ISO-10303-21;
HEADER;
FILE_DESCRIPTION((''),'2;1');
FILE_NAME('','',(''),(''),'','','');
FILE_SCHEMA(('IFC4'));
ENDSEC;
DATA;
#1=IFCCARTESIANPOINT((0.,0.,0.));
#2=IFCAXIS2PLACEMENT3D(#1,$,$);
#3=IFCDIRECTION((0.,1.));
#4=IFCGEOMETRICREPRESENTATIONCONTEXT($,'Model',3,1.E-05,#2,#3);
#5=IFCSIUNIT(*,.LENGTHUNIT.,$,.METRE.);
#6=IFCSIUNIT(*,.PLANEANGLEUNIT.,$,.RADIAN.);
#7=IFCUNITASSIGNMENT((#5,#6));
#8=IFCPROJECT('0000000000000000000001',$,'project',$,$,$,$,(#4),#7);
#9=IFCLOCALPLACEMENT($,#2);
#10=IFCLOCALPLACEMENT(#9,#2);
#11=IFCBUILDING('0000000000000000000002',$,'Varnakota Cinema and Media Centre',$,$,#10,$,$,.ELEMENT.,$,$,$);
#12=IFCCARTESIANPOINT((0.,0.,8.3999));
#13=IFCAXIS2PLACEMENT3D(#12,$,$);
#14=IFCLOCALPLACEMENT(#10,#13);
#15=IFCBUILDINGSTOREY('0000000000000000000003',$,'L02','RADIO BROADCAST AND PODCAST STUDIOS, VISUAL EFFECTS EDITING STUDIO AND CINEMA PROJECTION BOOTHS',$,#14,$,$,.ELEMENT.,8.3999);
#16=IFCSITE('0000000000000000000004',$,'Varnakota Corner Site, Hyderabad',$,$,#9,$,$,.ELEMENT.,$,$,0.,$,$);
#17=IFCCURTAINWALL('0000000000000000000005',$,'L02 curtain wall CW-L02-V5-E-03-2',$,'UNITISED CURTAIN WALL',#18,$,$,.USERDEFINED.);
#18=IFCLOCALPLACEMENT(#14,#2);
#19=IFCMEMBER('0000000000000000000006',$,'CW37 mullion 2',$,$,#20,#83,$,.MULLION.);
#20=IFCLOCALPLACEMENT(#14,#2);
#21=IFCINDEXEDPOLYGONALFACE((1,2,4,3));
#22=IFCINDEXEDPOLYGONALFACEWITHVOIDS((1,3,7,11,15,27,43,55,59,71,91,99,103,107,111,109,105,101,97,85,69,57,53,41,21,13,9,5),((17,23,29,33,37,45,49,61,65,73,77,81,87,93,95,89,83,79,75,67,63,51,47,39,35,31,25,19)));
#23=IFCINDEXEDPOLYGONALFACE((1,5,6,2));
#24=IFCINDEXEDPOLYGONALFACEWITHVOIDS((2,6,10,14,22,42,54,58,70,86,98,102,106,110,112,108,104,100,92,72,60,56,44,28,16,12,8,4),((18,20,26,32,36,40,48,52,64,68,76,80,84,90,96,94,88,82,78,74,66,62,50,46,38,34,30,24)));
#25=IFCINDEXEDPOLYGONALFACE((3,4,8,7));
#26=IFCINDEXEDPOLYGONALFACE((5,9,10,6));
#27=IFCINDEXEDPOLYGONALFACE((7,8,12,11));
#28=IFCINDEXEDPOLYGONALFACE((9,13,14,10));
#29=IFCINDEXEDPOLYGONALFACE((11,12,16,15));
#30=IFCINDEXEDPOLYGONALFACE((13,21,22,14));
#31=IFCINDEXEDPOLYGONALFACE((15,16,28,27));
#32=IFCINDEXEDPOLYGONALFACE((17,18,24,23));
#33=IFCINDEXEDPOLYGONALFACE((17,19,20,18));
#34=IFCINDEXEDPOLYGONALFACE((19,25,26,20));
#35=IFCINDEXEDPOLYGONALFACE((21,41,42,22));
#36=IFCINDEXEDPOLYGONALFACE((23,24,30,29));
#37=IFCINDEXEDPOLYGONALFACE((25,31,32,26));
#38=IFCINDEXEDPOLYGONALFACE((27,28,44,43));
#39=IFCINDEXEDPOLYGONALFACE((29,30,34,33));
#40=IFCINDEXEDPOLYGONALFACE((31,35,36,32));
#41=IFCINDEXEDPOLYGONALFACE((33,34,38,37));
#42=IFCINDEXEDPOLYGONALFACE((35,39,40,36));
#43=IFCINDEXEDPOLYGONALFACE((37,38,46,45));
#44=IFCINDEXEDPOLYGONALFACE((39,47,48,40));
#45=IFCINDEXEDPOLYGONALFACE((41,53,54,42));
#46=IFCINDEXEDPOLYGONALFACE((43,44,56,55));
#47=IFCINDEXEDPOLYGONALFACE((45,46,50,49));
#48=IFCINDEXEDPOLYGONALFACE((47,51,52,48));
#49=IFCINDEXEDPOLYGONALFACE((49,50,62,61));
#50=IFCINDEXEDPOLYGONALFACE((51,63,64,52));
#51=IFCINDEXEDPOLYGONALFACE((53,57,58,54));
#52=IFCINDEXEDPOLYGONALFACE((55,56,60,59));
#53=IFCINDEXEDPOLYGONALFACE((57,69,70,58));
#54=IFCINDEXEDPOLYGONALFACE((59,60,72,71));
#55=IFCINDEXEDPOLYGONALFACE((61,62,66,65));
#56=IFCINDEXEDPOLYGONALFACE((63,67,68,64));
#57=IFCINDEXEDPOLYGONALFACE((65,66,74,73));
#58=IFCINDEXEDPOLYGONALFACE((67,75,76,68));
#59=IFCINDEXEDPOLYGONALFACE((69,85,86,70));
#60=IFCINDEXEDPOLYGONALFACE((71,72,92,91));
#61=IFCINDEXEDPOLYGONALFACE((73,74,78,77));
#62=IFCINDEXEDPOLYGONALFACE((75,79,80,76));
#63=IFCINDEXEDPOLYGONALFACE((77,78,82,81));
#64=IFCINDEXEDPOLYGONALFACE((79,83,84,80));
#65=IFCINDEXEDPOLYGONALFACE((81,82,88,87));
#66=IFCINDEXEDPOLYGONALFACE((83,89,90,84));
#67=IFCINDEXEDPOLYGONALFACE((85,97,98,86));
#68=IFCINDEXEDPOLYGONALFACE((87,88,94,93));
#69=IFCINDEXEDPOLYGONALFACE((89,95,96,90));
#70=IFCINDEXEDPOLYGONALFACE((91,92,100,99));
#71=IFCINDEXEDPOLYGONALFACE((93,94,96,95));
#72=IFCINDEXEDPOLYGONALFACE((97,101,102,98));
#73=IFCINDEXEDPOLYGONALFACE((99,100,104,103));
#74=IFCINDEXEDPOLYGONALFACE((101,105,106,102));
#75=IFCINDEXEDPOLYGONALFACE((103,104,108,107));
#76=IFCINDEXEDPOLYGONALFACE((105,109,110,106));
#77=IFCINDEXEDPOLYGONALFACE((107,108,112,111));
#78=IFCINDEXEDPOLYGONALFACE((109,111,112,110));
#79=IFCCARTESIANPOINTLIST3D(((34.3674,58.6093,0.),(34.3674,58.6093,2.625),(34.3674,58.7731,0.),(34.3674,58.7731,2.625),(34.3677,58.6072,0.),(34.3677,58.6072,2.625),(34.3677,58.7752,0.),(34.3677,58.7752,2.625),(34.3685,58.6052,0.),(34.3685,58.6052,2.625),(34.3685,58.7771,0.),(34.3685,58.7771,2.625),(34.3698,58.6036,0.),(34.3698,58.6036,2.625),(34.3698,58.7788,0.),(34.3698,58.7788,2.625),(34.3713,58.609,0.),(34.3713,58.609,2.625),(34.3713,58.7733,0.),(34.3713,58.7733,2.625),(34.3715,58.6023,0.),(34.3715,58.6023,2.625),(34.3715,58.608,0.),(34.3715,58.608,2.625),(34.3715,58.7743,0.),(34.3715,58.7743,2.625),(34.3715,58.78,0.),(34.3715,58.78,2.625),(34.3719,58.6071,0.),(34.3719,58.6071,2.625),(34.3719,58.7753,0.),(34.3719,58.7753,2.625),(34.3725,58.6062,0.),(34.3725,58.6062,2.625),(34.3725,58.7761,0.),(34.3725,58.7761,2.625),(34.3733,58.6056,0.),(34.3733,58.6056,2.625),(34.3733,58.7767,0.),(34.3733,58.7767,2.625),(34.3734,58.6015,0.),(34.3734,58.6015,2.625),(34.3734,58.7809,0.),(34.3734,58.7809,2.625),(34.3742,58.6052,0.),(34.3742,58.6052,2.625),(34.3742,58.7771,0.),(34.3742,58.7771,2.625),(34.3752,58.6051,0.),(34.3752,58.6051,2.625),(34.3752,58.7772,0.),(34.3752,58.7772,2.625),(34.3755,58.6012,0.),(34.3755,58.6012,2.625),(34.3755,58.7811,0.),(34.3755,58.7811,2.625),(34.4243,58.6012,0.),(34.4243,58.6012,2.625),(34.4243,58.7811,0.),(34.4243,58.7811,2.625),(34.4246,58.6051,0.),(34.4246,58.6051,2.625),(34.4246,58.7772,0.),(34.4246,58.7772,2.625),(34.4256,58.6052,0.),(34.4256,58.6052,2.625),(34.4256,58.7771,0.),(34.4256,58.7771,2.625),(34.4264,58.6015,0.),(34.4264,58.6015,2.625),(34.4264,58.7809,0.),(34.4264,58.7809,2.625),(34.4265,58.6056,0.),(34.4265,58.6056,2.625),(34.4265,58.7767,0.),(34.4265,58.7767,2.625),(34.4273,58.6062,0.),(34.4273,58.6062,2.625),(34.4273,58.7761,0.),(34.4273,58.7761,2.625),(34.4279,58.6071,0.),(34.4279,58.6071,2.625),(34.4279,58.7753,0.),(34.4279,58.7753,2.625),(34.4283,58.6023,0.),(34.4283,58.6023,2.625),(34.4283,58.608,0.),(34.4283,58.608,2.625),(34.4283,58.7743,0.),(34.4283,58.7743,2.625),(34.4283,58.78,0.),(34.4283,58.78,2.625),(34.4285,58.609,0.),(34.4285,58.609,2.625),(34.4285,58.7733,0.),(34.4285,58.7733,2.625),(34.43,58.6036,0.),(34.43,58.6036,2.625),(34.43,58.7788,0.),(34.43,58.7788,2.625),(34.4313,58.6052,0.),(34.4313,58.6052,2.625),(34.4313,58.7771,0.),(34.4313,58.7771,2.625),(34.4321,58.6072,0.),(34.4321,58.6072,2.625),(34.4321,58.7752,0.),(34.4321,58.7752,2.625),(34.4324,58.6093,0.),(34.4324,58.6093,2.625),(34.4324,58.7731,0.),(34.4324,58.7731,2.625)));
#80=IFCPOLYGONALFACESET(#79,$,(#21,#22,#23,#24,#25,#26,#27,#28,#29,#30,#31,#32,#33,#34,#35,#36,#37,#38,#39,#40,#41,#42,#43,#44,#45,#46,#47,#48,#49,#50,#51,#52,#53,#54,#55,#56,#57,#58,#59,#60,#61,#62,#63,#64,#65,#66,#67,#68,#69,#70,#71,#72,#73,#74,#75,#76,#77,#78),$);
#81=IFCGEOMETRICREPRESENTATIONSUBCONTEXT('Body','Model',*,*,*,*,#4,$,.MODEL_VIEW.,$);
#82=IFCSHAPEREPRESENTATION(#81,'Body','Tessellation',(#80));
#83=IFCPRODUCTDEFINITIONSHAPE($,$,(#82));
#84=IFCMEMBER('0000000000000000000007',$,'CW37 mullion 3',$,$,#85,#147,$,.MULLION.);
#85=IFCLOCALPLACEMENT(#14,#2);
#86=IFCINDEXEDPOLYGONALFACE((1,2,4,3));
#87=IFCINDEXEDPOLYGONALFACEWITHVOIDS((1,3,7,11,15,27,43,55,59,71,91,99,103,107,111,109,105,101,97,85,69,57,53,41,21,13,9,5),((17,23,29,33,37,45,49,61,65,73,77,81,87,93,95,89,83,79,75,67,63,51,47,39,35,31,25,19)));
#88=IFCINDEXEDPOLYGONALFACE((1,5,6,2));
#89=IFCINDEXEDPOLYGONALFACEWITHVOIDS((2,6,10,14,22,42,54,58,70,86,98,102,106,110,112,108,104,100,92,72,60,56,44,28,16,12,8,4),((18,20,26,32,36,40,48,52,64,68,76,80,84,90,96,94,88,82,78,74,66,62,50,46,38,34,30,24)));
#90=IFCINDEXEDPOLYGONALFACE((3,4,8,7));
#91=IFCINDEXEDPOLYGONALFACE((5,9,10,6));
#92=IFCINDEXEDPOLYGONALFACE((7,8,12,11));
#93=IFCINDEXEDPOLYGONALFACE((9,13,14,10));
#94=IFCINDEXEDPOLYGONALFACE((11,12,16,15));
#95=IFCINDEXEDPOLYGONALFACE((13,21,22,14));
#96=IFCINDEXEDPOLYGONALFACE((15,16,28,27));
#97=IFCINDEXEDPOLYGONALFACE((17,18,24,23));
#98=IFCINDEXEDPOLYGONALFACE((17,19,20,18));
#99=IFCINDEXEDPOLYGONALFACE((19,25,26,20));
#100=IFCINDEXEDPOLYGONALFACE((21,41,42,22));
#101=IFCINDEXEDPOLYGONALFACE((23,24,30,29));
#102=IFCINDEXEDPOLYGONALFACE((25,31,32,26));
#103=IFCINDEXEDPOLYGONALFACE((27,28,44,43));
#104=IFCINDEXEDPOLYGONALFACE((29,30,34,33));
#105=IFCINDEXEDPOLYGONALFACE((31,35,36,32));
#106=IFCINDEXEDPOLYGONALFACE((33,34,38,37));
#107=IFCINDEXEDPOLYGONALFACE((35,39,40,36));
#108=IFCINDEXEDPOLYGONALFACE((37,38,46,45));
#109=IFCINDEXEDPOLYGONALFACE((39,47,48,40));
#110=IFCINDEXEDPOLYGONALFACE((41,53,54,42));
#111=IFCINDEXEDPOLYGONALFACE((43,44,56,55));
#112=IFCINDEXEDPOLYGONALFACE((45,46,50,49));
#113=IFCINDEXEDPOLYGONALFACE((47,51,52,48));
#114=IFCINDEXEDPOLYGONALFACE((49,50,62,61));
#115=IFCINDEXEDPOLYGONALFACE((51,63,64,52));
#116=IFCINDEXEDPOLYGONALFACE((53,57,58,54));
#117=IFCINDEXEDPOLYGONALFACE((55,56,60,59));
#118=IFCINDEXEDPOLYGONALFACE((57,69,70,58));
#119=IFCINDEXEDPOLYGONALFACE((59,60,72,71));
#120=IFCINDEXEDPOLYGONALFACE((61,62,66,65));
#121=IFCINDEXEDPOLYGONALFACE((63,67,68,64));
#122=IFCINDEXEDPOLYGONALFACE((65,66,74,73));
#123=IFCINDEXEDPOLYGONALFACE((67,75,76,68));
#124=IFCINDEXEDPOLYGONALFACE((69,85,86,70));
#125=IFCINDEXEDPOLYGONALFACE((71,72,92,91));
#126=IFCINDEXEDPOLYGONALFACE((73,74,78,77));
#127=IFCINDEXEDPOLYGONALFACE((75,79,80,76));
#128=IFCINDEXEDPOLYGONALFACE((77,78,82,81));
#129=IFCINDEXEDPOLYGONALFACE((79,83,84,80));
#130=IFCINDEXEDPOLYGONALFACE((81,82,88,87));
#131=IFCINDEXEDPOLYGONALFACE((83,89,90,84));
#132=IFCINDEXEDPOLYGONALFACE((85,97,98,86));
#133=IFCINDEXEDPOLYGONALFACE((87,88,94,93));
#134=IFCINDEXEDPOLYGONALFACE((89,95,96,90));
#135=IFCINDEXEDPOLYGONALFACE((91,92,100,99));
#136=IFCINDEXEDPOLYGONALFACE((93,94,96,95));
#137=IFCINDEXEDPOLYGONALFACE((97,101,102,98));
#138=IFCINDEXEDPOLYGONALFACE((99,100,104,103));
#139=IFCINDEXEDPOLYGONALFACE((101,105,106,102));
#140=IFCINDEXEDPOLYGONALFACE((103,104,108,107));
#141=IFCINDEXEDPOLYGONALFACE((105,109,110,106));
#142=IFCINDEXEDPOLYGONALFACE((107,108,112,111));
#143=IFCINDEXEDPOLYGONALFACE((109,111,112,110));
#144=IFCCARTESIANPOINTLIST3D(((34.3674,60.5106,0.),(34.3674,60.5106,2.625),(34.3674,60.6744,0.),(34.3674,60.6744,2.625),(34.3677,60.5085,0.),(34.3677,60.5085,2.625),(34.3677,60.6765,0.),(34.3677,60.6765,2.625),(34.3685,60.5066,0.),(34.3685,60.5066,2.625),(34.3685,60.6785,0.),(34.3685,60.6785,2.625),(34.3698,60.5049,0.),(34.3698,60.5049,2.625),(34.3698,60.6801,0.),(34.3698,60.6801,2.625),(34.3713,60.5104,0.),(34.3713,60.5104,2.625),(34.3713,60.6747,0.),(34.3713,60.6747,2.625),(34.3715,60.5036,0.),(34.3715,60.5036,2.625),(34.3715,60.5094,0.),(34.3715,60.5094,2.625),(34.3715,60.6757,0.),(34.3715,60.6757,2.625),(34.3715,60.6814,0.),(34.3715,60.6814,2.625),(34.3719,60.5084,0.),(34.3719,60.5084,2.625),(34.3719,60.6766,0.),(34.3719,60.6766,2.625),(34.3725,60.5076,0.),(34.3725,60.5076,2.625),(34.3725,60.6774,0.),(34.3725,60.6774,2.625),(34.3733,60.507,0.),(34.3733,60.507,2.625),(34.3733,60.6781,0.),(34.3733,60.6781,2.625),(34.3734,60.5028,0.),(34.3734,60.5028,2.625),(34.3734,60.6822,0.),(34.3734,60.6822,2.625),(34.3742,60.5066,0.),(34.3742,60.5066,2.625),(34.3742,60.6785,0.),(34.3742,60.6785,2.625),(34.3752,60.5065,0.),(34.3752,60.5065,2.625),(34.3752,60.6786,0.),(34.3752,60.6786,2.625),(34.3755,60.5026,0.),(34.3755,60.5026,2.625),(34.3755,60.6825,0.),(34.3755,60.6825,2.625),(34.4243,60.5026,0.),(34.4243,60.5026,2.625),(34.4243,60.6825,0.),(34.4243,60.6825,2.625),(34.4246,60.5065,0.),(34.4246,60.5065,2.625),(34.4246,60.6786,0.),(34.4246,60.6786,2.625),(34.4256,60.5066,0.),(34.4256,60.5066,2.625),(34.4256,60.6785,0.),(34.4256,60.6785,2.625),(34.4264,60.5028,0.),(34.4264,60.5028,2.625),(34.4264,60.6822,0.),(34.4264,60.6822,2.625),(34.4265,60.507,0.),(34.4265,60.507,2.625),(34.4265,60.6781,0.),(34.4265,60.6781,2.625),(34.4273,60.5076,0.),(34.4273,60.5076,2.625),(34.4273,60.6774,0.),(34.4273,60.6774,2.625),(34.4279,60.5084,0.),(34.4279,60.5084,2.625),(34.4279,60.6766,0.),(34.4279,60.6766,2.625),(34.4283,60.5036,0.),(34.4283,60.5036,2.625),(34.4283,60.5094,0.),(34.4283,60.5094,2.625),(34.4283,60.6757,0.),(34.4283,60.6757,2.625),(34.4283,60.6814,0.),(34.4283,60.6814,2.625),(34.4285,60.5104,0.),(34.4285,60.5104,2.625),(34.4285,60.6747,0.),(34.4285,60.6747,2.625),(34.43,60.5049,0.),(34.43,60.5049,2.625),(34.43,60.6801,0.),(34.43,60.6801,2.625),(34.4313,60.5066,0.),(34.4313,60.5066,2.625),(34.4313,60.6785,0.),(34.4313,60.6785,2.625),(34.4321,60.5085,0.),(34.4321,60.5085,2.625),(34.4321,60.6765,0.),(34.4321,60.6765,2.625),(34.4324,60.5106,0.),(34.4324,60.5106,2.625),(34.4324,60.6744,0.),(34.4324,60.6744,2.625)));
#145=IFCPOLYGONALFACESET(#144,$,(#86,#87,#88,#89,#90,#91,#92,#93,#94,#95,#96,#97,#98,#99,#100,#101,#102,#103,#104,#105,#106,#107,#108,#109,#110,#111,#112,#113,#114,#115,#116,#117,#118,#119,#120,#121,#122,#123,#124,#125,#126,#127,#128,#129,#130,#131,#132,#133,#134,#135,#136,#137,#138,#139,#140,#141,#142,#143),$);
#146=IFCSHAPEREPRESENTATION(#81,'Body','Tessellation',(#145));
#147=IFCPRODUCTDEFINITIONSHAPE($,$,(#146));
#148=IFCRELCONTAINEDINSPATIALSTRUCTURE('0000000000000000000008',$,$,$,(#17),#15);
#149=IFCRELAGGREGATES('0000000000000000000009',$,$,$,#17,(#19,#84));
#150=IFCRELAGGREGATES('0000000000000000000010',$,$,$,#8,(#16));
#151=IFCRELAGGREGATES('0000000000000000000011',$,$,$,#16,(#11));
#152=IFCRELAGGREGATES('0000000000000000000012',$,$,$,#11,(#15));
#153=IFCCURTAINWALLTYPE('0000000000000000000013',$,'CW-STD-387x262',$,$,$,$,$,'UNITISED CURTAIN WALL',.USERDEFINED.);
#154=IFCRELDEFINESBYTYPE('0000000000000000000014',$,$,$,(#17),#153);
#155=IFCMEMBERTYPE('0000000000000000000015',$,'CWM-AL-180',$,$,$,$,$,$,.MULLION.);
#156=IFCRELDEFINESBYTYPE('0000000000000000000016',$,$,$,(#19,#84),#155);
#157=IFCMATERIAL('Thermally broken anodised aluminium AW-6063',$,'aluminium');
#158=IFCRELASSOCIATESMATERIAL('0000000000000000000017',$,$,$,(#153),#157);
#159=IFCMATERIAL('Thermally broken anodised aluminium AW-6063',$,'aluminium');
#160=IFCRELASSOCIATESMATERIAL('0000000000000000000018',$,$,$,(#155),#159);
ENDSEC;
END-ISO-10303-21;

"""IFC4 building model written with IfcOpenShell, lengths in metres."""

from ifc_helpers import new_model, si_unit, direction, frame, origin, origin_2d, place, context, subcontext, project, spatial, hollow_rectangle, extrude, material, material_profile, profile_set, type_object, element, aggregate, save


model = new_model("IFC4")

# Units and contexts
model_context = context("Model", 3, precision=1e-05, world=origin(), true_north=direction((0.0, 1.0)))
body_context = subcontext(model_context, "Body", "Model", "MODEL_VIEW")
ifc_project = project(units=[si_unit("LENGTHUNIT", "METRE"), si_unit("PLANEANGLEUNIT", "RADIAN")], contexts=[model_context])

# Site, building, storey
site_placement = place(None, origin())
site = spatial("IfcSite", under=ifc_project, at=site_placement, Name="Varnakota Corner Site, Hyderabad", CompositionType="ELEMENT", RefElevation=0.0)
building_placement = place(site_placement, origin())
building = spatial("IfcBuilding", under=site, at=building_placement, Name="Varnakota Cinema and Media Centre", CompositionType="ELEMENT")
storey_placement = place(building_placement, frame((0.0, 0.0, 8.3999)))
storey = spatial("IfcBuildingStorey", under=building, at=storey_placement, Name="L02", Description="RADIO BROADCAST AND PODCAST STUDIOS, VISUAL EFFECTS EDITING STUDIO AND CINEMA PROJECTION BOOTHS", CompositionType="ELEMENT", Elevation=8.3999)

# Shared definitions
ifc_material_1 = material(Name="Thermally broken anodised aluminium AW-6063", Category="aluminium")
curtain_wall_type = type_object("IfcCurtainWallType", Name="CW-STD-387x262", ElementType="UNITISED CURTAIN WALL", PredefinedType="USERDEFINED", material=ifc_material_1)
ifc_material_2 = material(Name="Thermally broken anodised aluminium AW-6063", Category="aluminium")
ifc_material_profile_1 = material_profile(ifc_material_2, hollow_rectangle(XDim=0.0649, YDim=0.1799, WallThickness=0.0039, InnerFilletRadius=0.0039, OuterFilletRadius=0.0081, at=origin_2d()), Name="AL-MULLION 180x65x4")
ifc_profile_set_1 = profile_set([ifc_material_profile_1], Name="Thermally broken anodised aluminium AW-6063")
member_type_1 = type_object("IfcMemberType", Name="CWM-AL-180", PredefinedType="MULLION", material=ifc_profile_set_1)

# Curtain wall, members
curtain_wall_1_placement = place(storey_placement, origin())
curtain_wall_1 = element("IfcCurtainWall", 1, at=curtain_wall_1_placement, inside=storey, type_object=curtain_wall_type, Name="L02 curtain wall CW-L02-V5-E-03-2", ObjectType="UNITISED CURTAIN WALL", PredefinedType="USERDEFINED")
member_1_placement = place(storey_placement, frame((34.3999, 58.6912, 0.0), z_axis=(0.0, 0.0, 1.0), x_axis=(-1.0, 0.0, 0.0)))
member_1 = element("IfcMember", 2, at=member_1_placement, type_object=member_type_1, Name="CW37 mullion 2", PredefinedType="MULLION", context=body_context, shape_type="SweptSolid", body=[
    extrude(hollow_rectangle(XDim=0.0649, YDim=0.1799, WallThickness=0.0039, InnerFilletRadius=0.0039, OuterFilletRadius=0.0081, at=origin_2d()), origin(), (0.0, 0.0, 1.0), 2.625),
])
member_2_placement = place(storey_placement, frame((34.3999, 60.5925, 0.0), z_axis=(0.0, 0.0, 1.0), x_axis=(-1.0, 0.0, 0.0)))
member_2 = element("IfcMember", 3, at=member_2_placement, type_object=member_type_1, Name="CW37 mullion 3", PredefinedType="MULLION", context=body_context, shape_type="SweptSolid", body=[
    extrude(hollow_rectangle(XDim=0.0649, YDim=0.1799, WallThickness=0.0039, InnerFilletRadius=0.0039, OuterFilletRadius=0.0081, at=origin_2d()), origin(), (0.0, 0.0, 1.0), 2.625),
])

aggregate(curtain_wall_1, [member_1, member_2])

save(model, "model.ifc")
